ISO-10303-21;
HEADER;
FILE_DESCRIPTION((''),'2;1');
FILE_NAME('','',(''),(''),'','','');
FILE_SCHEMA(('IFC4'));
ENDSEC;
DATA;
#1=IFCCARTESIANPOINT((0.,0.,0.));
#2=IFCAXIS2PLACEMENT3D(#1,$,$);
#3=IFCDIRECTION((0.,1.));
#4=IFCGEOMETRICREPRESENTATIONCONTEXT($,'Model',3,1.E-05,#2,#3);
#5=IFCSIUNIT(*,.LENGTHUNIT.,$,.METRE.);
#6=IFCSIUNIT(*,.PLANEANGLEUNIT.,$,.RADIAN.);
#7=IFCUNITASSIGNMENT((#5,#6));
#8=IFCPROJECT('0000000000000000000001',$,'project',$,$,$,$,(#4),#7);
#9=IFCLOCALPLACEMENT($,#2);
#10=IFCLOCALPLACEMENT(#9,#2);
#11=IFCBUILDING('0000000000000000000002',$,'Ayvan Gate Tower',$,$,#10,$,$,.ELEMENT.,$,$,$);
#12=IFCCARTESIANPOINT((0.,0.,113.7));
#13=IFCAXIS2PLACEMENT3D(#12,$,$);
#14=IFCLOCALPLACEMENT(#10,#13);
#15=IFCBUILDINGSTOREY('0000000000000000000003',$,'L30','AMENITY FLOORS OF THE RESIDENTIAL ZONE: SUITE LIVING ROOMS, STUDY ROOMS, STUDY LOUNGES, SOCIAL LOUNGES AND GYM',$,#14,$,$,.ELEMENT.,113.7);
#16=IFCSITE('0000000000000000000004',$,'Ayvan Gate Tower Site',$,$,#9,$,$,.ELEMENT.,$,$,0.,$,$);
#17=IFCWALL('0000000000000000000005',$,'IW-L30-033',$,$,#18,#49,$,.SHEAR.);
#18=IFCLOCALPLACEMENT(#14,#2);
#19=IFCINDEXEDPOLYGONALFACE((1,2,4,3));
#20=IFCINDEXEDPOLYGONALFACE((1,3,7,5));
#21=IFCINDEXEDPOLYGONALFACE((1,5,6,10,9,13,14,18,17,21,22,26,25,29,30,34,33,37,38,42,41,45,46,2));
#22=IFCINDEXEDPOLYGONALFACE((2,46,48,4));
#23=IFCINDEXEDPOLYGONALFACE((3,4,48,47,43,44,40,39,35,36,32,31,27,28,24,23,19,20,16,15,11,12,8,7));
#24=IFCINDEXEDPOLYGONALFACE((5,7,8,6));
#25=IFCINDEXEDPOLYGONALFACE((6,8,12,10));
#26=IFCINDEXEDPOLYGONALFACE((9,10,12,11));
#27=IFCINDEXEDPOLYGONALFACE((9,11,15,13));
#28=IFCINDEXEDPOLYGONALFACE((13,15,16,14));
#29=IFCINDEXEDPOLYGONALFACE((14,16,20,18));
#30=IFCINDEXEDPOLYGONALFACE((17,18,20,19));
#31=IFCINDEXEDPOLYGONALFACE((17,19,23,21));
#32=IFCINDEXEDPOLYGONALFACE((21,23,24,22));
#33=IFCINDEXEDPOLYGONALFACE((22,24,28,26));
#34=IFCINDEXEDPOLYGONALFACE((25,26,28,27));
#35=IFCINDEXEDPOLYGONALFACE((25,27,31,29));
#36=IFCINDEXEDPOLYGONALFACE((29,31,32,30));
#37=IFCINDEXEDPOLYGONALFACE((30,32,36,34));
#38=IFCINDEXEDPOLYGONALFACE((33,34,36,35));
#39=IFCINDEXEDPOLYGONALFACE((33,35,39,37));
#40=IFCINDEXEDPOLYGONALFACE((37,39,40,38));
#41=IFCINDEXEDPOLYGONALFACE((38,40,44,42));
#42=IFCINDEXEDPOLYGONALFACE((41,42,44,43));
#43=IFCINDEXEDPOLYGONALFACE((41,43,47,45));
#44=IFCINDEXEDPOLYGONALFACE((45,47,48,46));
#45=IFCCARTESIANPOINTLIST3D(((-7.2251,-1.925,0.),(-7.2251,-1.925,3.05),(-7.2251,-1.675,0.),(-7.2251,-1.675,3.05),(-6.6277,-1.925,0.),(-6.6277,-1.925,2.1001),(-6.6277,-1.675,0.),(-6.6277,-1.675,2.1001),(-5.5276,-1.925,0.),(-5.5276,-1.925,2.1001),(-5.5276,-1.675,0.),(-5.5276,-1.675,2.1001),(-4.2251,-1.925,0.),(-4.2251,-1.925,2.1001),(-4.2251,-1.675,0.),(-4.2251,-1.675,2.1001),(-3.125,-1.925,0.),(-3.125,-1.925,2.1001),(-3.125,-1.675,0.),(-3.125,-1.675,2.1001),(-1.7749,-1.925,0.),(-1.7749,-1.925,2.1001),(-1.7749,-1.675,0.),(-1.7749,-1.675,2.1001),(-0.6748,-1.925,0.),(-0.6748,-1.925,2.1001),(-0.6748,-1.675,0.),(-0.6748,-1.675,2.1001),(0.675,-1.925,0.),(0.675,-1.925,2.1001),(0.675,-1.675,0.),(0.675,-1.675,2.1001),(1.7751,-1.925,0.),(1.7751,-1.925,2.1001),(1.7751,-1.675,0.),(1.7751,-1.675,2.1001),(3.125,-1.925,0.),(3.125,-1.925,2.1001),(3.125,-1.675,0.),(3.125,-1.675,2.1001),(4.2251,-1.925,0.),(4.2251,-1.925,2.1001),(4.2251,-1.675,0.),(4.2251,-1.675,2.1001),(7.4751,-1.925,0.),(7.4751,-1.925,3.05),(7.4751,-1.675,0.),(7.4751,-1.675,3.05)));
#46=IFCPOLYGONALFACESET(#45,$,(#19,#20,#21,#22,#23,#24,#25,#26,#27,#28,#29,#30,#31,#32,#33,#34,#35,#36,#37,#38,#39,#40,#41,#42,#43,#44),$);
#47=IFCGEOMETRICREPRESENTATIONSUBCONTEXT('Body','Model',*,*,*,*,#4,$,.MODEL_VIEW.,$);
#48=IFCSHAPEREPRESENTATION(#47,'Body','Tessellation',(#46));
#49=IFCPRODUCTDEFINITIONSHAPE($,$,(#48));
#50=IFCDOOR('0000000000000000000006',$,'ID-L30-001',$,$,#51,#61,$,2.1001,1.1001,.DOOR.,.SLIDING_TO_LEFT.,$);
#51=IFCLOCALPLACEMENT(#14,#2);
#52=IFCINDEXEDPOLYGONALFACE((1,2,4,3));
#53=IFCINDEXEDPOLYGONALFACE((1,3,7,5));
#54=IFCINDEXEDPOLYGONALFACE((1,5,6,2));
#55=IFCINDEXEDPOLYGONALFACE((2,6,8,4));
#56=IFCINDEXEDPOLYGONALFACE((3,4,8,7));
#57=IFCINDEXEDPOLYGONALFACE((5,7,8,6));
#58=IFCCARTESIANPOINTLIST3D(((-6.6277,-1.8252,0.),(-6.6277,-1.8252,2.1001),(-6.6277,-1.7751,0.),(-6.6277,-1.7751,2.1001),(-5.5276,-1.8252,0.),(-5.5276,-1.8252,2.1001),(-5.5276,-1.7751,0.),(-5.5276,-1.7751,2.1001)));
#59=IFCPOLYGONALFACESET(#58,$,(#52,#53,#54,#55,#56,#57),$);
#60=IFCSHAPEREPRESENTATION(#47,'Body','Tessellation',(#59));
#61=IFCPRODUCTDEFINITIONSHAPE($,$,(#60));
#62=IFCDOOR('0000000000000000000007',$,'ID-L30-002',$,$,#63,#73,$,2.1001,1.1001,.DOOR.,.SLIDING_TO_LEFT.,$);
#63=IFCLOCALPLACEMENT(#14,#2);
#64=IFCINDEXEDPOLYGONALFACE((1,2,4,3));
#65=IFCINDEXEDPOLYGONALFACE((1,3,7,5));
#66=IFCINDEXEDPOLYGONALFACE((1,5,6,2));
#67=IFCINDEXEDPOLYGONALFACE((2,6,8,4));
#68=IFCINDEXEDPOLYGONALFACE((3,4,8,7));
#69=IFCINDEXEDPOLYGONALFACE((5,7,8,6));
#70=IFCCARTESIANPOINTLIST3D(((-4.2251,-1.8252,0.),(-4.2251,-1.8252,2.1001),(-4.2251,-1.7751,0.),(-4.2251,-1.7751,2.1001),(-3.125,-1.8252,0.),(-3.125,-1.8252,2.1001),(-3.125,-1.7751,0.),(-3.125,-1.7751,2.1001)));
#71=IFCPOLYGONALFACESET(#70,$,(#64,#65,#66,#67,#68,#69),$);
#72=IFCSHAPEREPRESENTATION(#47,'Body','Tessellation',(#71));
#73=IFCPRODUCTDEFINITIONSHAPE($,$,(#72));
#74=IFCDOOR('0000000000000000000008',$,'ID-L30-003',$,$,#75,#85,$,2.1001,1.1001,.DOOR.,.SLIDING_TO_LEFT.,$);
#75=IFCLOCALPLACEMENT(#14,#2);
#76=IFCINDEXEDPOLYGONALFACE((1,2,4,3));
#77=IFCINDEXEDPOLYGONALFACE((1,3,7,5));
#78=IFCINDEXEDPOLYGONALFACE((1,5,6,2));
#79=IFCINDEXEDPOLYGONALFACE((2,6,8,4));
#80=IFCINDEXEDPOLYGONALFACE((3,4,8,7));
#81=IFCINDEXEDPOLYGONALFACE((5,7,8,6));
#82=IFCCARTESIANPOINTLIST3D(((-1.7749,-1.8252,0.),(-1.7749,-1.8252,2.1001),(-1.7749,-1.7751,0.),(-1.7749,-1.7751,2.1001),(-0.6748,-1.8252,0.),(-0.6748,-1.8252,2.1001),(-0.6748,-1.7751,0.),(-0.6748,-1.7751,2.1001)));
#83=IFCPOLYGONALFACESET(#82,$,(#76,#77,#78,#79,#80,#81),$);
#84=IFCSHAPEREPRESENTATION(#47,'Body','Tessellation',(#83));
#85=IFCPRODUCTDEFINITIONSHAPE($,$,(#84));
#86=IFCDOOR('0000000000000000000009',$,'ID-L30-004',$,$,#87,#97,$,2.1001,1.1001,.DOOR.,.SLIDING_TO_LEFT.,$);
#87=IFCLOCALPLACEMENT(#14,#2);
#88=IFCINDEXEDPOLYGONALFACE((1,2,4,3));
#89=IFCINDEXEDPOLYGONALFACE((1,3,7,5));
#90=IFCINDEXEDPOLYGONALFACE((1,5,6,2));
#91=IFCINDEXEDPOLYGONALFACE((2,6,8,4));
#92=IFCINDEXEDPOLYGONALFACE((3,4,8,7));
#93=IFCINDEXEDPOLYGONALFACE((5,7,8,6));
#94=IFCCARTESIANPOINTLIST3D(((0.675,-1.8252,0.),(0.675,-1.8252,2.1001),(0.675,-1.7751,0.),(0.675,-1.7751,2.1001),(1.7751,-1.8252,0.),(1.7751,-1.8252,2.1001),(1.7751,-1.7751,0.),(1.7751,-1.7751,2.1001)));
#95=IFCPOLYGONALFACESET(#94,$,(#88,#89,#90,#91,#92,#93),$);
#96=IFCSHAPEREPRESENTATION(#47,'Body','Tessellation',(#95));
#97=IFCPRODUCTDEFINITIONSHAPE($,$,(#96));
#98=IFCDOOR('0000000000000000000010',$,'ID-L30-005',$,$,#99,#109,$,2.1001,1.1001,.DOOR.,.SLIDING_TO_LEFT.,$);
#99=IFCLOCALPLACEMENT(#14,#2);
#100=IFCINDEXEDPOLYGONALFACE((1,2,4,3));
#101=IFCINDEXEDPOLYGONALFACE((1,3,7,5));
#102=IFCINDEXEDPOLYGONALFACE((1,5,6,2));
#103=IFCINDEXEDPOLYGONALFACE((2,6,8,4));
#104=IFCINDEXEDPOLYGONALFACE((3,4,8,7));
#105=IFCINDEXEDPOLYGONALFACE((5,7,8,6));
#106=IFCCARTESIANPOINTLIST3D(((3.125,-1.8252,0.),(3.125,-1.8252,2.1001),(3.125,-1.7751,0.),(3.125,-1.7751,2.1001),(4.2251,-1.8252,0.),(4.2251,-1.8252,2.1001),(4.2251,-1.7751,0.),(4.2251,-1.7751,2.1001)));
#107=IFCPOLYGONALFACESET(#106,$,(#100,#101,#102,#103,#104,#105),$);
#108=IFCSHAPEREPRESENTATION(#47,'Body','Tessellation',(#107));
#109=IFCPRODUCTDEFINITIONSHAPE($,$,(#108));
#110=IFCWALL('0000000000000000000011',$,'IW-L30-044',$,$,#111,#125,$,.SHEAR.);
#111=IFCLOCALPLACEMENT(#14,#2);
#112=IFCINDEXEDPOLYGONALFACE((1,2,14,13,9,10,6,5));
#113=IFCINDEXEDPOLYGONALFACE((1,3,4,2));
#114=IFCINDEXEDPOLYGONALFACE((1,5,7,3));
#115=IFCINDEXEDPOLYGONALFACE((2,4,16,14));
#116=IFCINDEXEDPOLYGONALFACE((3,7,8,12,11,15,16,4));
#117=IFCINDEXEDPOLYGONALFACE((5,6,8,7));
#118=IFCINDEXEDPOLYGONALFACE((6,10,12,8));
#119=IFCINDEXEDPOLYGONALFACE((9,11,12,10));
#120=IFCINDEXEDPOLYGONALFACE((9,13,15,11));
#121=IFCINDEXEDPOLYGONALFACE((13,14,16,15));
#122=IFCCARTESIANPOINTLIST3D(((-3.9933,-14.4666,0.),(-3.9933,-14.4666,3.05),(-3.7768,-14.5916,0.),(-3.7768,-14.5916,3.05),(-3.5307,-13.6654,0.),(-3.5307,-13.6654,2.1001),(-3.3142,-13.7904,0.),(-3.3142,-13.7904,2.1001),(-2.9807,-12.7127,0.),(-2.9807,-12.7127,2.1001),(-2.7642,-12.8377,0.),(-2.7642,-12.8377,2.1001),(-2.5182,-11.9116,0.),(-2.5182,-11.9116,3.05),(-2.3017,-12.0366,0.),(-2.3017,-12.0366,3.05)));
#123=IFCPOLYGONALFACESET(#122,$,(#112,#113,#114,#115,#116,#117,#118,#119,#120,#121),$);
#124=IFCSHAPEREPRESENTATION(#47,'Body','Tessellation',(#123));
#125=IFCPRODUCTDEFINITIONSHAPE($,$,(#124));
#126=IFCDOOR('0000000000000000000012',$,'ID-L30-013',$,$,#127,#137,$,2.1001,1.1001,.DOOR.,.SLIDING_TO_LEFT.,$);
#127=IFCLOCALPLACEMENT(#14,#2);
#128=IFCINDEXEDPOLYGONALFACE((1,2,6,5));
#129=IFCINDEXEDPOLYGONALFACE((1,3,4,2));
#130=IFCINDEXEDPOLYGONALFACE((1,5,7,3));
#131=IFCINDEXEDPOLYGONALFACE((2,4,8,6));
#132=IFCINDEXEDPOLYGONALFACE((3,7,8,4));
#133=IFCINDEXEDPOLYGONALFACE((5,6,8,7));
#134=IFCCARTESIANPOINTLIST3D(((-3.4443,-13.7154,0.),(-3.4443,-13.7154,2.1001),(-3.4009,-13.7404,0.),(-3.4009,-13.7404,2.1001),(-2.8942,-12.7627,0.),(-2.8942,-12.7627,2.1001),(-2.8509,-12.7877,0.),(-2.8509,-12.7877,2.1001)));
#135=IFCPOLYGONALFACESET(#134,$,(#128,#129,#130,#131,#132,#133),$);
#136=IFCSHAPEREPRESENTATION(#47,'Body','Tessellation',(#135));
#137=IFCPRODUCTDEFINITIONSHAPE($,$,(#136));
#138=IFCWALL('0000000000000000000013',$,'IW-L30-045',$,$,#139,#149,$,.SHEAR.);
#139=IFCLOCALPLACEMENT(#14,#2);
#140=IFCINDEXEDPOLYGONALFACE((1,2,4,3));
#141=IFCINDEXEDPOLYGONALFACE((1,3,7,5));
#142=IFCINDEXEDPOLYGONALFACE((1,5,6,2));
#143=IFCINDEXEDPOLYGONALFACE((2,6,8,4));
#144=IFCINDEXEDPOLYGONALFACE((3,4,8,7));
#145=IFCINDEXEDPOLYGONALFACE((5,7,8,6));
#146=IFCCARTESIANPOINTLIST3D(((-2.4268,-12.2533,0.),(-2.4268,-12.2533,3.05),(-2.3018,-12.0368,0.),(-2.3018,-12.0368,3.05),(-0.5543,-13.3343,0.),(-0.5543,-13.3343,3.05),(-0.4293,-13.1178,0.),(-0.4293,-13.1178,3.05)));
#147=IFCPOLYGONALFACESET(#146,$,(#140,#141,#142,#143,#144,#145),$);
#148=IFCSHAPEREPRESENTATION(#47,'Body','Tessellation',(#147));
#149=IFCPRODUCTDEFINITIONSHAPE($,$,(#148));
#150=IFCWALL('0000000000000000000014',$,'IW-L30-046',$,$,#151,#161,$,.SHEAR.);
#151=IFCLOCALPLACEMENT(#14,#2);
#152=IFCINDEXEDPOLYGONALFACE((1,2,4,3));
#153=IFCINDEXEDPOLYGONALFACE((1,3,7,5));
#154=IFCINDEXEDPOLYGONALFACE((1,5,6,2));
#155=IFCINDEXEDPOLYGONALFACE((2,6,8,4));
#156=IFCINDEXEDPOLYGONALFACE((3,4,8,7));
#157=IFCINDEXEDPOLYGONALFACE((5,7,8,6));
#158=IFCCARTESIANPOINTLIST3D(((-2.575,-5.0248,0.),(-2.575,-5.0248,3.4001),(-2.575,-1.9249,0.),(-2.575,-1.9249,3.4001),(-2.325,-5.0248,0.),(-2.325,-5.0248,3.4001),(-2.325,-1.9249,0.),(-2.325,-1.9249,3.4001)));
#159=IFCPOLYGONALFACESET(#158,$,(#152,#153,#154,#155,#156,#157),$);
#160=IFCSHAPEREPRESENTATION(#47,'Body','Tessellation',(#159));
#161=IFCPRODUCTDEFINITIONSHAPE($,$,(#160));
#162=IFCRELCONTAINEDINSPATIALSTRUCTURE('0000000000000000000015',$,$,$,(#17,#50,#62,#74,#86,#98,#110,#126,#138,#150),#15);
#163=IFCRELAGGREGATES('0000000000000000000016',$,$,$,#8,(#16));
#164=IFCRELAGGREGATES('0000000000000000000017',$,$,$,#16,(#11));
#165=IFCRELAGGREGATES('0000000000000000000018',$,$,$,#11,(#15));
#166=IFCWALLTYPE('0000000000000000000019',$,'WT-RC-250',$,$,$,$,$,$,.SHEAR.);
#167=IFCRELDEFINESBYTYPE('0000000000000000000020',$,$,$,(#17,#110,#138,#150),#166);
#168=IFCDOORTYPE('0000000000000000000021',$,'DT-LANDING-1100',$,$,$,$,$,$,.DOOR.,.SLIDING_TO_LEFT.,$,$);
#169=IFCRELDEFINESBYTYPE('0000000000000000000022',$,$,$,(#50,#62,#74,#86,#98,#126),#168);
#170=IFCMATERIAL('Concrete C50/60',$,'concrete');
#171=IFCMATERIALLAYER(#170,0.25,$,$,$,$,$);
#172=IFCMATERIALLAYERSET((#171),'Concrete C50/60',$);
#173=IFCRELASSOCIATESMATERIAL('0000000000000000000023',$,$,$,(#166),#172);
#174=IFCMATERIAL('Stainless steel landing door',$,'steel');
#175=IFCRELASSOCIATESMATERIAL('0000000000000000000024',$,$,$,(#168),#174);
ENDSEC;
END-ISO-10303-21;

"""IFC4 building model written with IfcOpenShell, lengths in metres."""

from ifc_helpers import new_model, si_unit, direction, frame, frame_2d, origin, place, context, subcontext, project, spatial, rectangle, extrude, material, layer, layer_set, type_object, element, fill, save


model = new_model("IFC4")

# Units and contexts
model_context = context("Model", 3, precision=1e-05, world=origin(), true_north=direction((0.0, 1.0)))
body_context = subcontext(model_context, "Body", "Model", "MODEL_VIEW")
ifc_project = project(units=[si_unit("LENGTHUNIT", "METRE"), si_unit("PLANEANGLEUNIT", "RADIAN")], contexts=[model_context])

# Site, building, storey
site_placement = place(None, origin())
site = spatial("IfcSite", under=ifc_project, at=site_placement, Name="Ayvan Gate Tower Site", CompositionType="ELEMENT", RefElevation=0.0)
building_placement = place(site_placement, origin())
building = spatial("IfcBuilding", under=site, at=building_placement, Name="Ayvan Gate Tower", CompositionType="ELEMENT")
storey_placement = place(building_placement, frame((0.0, 0.0, 113.7)))
storey = spatial("IfcBuildingStorey", under=building, at=storey_placement, Name="L30", Description="AMENITY FLOORS OF THE RESIDENTIAL ZONE: SUITE LIVING ROOMS, STUDY ROOMS, STUDY LOUNGES, SOCIAL LOUNGES AND GYM", CompositionType="ELEMENT", Elevation=113.7)

# Shared definitions
ifc_material_1 = material(Name="Concrete C50/60", Category="concrete")
ifc_layer_1 = layer(ifc_material_1, 0.25)
ifc_layer_set_1 = layer_set([ifc_layer_1], Name="Concrete C50/60")
wall_type_1 = type_object("IfcWallType", Name="WT-RC-250", PredefinedType="SHEAR", material=ifc_layer_set_1)

# Wall, openings, doors
wall_1_placement = place(storey_placement, frame((-7.2251, -1.8, 0.0), z_axis=(0.0, 0.0, 1.0), x_axis=(1.0, 0.0, 0.0)))
wall_1 = element("IfcWall", 1, at=wall_1_placement, inside=storey, type_object=wall_type_1, Name="IW-L30-033", PredefinedType="SHEAR", context=body_context, shape_type="SweptSolid", body=[
    extrude(rectangle(XDim=14.7002, YDim=0.25, at=frame_2d((7.3501, 0.0))), origin(), (0.0, 0.0, 1.0), 3.05),
])
opening_1_placement = place(wall_1_placement, frame((0.5974, 0.0, 0.0)))
opening_1 = element("IfcOpeningElement", 2, at=opening_1_placement, cuts=wall_1, PredefinedType="OPENING", context=body_context, shape_type="SweptSolid", body=[
    extrude(rectangle(XDim=1.1001, YDim=2.1001, at=frame_2d((0.55, 1.05))), frame((0.0, 0.135, 0.0), z_axis=(0.0, -1.0, 0.0), x_axis=(1.0, 0.0, 0.0)), (0.0, 0.0, 1.0), 0.27),
])
opening_2_placement = place(wall_1_placement, frame((3.0, 0.0, 0.0)))
opening_2 = element("IfcOpeningElement", 3, at=opening_2_placement, cuts=wall_1, PredefinedType="OPENING", context=body_context, shape_type="SweptSolid", body=[
    extrude(rectangle(XDim=1.1001, YDim=2.1001, at=frame_2d((0.55, 1.05))), frame((0.0, 0.135, 0.0), z_axis=(0.0, -1.0, 0.0), x_axis=(1.0, 0.0, 0.0)), (0.0, 0.0, 1.0), 0.27),
])
opening_3_placement = place(wall_1_placement, frame((5.4502, 0.0, 0.0)))
opening_3 = element("IfcOpeningElement", 4, at=opening_3_placement, cuts=wall_1, PredefinedType="OPENING", context=body_context, shape_type="SweptSolid", body=[
    extrude(rectangle(XDim=1.1001, YDim=2.1001, at=frame_2d((0.55, 1.05))), frame((0.0, 0.135, 0.0), z_axis=(0.0, -1.0, 0.0), x_axis=(1.0, 0.0, 0.0)), (0.0, 0.0, 1.0), 0.27),
])
opening_4_placement = place(wall_1_placement, frame((7.9001, 0.0, 0.0)))
opening_4 = element("IfcOpeningElement", 5, at=opening_4_placement, cuts=wall_1, PredefinedType="OPENING", context=body_context, shape_type="SweptSolid", body=[
    extrude(rectangle(XDim=1.1001, YDim=2.1001, at=frame_2d((0.55, 1.05))), frame((0.0, 0.135, 0.0), z_axis=(0.0, -1.0, 0.0), x_axis=(1.0, 0.0, 0.0)), (0.0, 0.0, 1.0), 0.27),
])
opening_5_placement = place(wall_1_placement, frame((10.3501, 0.0, 0.0)))
opening_5 = element("IfcOpeningElement", 6, at=opening_5_placement, cuts=wall_1, PredefinedType="OPENING", context=body_context, shape_type="SweptSolid", body=[
    extrude(rectangle(XDim=1.1001, YDim=2.1001, at=frame_2d((0.55, 1.05))), frame((0.0, 0.135, 0.0), z_axis=(0.0, -1.0, 0.0), x_axis=(1.0, 0.0, 0.0)), (0.0, 0.0, 1.0), 0.27),
])
ifc_material_2 = material(Name="Stainless steel landing door", Category="steel")
door_type_1 = type_object("IfcDoorType", Name="DT-LANDING-1100", OperationType="SLIDING_TO_LEFT", PredefinedType="DOOR", material=ifc_material_2)
door_1_placement = place(opening_1_placement, origin())
door_1 = element("IfcDoor", 7, at=door_1_placement, inside=storey, type_object=door_type_1, Name="ID-L30-001", OperationType="SLIDING_TO_LEFT", OverallHeight=2.1001, OverallWidth=1.1001, PredefinedType="DOOR", context=body_context, shape_type="SweptSolid", body=[
    extrude(rectangle(XDim=1.1001, YDim=2.1001, at=frame_2d((0.55, 1.05))), frame((0.0, 0.0249, 0.0), z_axis=(0.0, -1.0, 0.0), x_axis=(1.0, 0.0, 0.0)), (0.0, 0.0, 1.0), 0.05),
])
fill(opening_1, door_1)
door_2_placement = place(opening_2_placement, origin())
door_2 = element("IfcDoor", 8, at=door_2_placement, inside=storey, type_object=door_type_1, Name="ID-L30-002", OperationType="SLIDING_TO_LEFT", OverallHeight=2.1001, OverallWidth=1.1001, PredefinedType="DOOR", context=body_context, shape_type="SweptSolid", body=[
    extrude(rectangle(XDim=1.1001, YDim=2.1001, at=frame_2d((0.55, 1.05))), frame((0.0, 0.0249, 0.0), z_axis=(0.0, -1.0, 0.0), x_axis=(1.0, 0.0, 0.0)), (0.0, 0.0, 1.0), 0.05),
])
fill(opening_2, door_2)
door_3_placement = place(opening_3_placement, origin())
door_3 = element("IfcDoor", 9, at=door_3_placement, inside=storey, type_object=door_type_1, Name="ID-L30-003", OperationType="SLIDING_TO_LEFT", OverallHeight=2.1001, OverallWidth=1.1001, PredefinedType="DOOR", context=body_context, shape_type="SweptSolid", body=[
    extrude(rectangle(XDim=1.1001, YDim=2.1001, at=frame_2d((0.55, 1.05))), frame((0.0, 0.0249, 0.0), z_axis=(0.0, -1.0, 0.0), x_axis=(1.0, 0.0, 0.0)), (0.0, 0.0, 1.0), 0.05),
])
fill(opening_3, door_3)
door_4_placement = place(opening_4_placement, origin())
door_4 = element("IfcDoor", 10, at=door_4_placement, inside=storey, type_object=door_type_1, Name="ID-L30-004", OperationType="SLIDING_TO_LEFT", OverallHeight=2.1001, OverallWidth=1.1001, PredefinedType="DOOR", context=body_context, shape_type="SweptSolid", body=[
    extrude(rectangle(XDim=1.1001, YDim=2.1001, at=frame_2d((0.55, 1.05))), frame((0.0, 0.0249, 0.0), z_axis=(0.0, -1.0, 0.0), x_axis=(1.0, 0.0, 0.0)), (0.0, 0.0, 1.0), 0.05),
])
fill(opening_4, door_4)
door_5_placement = place(opening_5_placement, origin())
door_5 = element("IfcDoor", 11, at=door_5_placement, inside=storey, type_object=door_type_1, Name="ID-L30-005", OperationType="SLIDING_TO_LEFT", OverallHeight=2.1001, OverallWidth=1.1001, PredefinedType="DOOR", context=body_context, shape_type="SweptSolid", body=[
    extrude(rectangle(XDim=1.1001, YDim=2.1001, at=frame_2d((0.55, 1.05))), frame((0.0, 0.0249, 0.0), z_axis=(0.0, -1.0, 0.0), x_axis=(1.0, 0.0, 0.0)), (0.0, 0.0, 1.0), 0.05),
])
fill(opening_5, door_5)

# Wall, opening, door
wall_2_placement = place(storey_placement, frame((-2.4099, -11.9741, 0.0), z_axis=(0.0, 0.0, 1.0), x_axis=(-0.500002, -0.866024, 0.0)))
wall_2 = element("IfcWall", 12, at=wall_2_placement, inside=storey, type_object=wall_type_1, Name="IW-L30-044", PredefinedType="SHEAR", context=body_context, shape_type="SweptSolid", body=[
    extrude(rectangle(XDim=2.9502, YDim=0.25, at=frame_2d((1.4751, 0.0))), origin(), (0.0, 0.0, 1.0), 3.05),
])
opening_6_placement = place(wall_2_placement, frame((0.925, 0.0, 0.0)))
opening_6 = element("IfcOpeningElement", 13, at=opening_6_placement, cuts=wall_2, PredefinedType="OPENING", context=body_context, shape_type="SweptSolid", body=[
    extrude(rectangle(XDim=1.1001, YDim=2.1001, at=frame_2d((0.55, 1.05))), frame((0.0, 0.135, 0.0), z_axis=(0.0, -1.0, 0.0), x_axis=(1.0, 0.0, 0.0)), (0.0, 0.0, 1.0), 0.27),
])
door_6_placement = place(opening_6_placement, origin())
door_6 = element("IfcDoor", 14, at=door_6_placement, inside=storey, type_object=door_type_1, Name="ID-L30-013", OperationType="SLIDING_TO_LEFT", OverallHeight=2.1001, OverallWidth=1.1001, PredefinedType="DOOR", context=body_context, shape_type="SweptSolid", body=[
    extrude(rectangle(XDim=1.1001, YDim=2.1001, at=frame_2d((0.55, 1.05))), frame((0.0, 0.0249, 0.0), z_axis=(0.0, -1.0, 0.0), x_axis=(1.0, 0.0, 0.0)), (0.0, 0.0, 1.0), 0.05),
])
fill(opening_6, door_6)

# Walls
wall_3_placement = place(storey_placement, frame((-2.3643, -12.145, 0.0), z_axis=(0.0, 0.0, 1.0), x_axis=(0.866039, -0.499977, 0.0)))
element("IfcWall", 15, at=wall_3_placement, inside=storey, type_object=wall_type_1, Name="IW-L30-045", PredefinedType="SHEAR", context=body_context, shape_type="SweptSolid", body=[
    extrude(rectangle(XDim=2.1621, YDim=0.25, at=frame_2d((1.0811, 0.0))), origin(), (0.0, 0.0, 1.0), 3.05),
])
wall_4_placement = place(storey_placement, frame((-2.45, -1.925, 0.0), z_axis=(0.0, 0.0, 1.0), x_axis=(0.0, -1.0, 0.0)))
element("IfcWall", 16, at=wall_4_placement, inside=storey, type_object=wall_type_1, Name="IW-L30-046", PredefinedType="SHEAR", context=body_context, shape_type="SweptSolid", body=[
    extrude(rectangle(XDim=3.0999, YDim=0.25, at=frame_2d((1.5498, 0.0))), origin(), (0.0, 0.0, 1.0), 3.4001),
])

save(model, "model.ifc")
